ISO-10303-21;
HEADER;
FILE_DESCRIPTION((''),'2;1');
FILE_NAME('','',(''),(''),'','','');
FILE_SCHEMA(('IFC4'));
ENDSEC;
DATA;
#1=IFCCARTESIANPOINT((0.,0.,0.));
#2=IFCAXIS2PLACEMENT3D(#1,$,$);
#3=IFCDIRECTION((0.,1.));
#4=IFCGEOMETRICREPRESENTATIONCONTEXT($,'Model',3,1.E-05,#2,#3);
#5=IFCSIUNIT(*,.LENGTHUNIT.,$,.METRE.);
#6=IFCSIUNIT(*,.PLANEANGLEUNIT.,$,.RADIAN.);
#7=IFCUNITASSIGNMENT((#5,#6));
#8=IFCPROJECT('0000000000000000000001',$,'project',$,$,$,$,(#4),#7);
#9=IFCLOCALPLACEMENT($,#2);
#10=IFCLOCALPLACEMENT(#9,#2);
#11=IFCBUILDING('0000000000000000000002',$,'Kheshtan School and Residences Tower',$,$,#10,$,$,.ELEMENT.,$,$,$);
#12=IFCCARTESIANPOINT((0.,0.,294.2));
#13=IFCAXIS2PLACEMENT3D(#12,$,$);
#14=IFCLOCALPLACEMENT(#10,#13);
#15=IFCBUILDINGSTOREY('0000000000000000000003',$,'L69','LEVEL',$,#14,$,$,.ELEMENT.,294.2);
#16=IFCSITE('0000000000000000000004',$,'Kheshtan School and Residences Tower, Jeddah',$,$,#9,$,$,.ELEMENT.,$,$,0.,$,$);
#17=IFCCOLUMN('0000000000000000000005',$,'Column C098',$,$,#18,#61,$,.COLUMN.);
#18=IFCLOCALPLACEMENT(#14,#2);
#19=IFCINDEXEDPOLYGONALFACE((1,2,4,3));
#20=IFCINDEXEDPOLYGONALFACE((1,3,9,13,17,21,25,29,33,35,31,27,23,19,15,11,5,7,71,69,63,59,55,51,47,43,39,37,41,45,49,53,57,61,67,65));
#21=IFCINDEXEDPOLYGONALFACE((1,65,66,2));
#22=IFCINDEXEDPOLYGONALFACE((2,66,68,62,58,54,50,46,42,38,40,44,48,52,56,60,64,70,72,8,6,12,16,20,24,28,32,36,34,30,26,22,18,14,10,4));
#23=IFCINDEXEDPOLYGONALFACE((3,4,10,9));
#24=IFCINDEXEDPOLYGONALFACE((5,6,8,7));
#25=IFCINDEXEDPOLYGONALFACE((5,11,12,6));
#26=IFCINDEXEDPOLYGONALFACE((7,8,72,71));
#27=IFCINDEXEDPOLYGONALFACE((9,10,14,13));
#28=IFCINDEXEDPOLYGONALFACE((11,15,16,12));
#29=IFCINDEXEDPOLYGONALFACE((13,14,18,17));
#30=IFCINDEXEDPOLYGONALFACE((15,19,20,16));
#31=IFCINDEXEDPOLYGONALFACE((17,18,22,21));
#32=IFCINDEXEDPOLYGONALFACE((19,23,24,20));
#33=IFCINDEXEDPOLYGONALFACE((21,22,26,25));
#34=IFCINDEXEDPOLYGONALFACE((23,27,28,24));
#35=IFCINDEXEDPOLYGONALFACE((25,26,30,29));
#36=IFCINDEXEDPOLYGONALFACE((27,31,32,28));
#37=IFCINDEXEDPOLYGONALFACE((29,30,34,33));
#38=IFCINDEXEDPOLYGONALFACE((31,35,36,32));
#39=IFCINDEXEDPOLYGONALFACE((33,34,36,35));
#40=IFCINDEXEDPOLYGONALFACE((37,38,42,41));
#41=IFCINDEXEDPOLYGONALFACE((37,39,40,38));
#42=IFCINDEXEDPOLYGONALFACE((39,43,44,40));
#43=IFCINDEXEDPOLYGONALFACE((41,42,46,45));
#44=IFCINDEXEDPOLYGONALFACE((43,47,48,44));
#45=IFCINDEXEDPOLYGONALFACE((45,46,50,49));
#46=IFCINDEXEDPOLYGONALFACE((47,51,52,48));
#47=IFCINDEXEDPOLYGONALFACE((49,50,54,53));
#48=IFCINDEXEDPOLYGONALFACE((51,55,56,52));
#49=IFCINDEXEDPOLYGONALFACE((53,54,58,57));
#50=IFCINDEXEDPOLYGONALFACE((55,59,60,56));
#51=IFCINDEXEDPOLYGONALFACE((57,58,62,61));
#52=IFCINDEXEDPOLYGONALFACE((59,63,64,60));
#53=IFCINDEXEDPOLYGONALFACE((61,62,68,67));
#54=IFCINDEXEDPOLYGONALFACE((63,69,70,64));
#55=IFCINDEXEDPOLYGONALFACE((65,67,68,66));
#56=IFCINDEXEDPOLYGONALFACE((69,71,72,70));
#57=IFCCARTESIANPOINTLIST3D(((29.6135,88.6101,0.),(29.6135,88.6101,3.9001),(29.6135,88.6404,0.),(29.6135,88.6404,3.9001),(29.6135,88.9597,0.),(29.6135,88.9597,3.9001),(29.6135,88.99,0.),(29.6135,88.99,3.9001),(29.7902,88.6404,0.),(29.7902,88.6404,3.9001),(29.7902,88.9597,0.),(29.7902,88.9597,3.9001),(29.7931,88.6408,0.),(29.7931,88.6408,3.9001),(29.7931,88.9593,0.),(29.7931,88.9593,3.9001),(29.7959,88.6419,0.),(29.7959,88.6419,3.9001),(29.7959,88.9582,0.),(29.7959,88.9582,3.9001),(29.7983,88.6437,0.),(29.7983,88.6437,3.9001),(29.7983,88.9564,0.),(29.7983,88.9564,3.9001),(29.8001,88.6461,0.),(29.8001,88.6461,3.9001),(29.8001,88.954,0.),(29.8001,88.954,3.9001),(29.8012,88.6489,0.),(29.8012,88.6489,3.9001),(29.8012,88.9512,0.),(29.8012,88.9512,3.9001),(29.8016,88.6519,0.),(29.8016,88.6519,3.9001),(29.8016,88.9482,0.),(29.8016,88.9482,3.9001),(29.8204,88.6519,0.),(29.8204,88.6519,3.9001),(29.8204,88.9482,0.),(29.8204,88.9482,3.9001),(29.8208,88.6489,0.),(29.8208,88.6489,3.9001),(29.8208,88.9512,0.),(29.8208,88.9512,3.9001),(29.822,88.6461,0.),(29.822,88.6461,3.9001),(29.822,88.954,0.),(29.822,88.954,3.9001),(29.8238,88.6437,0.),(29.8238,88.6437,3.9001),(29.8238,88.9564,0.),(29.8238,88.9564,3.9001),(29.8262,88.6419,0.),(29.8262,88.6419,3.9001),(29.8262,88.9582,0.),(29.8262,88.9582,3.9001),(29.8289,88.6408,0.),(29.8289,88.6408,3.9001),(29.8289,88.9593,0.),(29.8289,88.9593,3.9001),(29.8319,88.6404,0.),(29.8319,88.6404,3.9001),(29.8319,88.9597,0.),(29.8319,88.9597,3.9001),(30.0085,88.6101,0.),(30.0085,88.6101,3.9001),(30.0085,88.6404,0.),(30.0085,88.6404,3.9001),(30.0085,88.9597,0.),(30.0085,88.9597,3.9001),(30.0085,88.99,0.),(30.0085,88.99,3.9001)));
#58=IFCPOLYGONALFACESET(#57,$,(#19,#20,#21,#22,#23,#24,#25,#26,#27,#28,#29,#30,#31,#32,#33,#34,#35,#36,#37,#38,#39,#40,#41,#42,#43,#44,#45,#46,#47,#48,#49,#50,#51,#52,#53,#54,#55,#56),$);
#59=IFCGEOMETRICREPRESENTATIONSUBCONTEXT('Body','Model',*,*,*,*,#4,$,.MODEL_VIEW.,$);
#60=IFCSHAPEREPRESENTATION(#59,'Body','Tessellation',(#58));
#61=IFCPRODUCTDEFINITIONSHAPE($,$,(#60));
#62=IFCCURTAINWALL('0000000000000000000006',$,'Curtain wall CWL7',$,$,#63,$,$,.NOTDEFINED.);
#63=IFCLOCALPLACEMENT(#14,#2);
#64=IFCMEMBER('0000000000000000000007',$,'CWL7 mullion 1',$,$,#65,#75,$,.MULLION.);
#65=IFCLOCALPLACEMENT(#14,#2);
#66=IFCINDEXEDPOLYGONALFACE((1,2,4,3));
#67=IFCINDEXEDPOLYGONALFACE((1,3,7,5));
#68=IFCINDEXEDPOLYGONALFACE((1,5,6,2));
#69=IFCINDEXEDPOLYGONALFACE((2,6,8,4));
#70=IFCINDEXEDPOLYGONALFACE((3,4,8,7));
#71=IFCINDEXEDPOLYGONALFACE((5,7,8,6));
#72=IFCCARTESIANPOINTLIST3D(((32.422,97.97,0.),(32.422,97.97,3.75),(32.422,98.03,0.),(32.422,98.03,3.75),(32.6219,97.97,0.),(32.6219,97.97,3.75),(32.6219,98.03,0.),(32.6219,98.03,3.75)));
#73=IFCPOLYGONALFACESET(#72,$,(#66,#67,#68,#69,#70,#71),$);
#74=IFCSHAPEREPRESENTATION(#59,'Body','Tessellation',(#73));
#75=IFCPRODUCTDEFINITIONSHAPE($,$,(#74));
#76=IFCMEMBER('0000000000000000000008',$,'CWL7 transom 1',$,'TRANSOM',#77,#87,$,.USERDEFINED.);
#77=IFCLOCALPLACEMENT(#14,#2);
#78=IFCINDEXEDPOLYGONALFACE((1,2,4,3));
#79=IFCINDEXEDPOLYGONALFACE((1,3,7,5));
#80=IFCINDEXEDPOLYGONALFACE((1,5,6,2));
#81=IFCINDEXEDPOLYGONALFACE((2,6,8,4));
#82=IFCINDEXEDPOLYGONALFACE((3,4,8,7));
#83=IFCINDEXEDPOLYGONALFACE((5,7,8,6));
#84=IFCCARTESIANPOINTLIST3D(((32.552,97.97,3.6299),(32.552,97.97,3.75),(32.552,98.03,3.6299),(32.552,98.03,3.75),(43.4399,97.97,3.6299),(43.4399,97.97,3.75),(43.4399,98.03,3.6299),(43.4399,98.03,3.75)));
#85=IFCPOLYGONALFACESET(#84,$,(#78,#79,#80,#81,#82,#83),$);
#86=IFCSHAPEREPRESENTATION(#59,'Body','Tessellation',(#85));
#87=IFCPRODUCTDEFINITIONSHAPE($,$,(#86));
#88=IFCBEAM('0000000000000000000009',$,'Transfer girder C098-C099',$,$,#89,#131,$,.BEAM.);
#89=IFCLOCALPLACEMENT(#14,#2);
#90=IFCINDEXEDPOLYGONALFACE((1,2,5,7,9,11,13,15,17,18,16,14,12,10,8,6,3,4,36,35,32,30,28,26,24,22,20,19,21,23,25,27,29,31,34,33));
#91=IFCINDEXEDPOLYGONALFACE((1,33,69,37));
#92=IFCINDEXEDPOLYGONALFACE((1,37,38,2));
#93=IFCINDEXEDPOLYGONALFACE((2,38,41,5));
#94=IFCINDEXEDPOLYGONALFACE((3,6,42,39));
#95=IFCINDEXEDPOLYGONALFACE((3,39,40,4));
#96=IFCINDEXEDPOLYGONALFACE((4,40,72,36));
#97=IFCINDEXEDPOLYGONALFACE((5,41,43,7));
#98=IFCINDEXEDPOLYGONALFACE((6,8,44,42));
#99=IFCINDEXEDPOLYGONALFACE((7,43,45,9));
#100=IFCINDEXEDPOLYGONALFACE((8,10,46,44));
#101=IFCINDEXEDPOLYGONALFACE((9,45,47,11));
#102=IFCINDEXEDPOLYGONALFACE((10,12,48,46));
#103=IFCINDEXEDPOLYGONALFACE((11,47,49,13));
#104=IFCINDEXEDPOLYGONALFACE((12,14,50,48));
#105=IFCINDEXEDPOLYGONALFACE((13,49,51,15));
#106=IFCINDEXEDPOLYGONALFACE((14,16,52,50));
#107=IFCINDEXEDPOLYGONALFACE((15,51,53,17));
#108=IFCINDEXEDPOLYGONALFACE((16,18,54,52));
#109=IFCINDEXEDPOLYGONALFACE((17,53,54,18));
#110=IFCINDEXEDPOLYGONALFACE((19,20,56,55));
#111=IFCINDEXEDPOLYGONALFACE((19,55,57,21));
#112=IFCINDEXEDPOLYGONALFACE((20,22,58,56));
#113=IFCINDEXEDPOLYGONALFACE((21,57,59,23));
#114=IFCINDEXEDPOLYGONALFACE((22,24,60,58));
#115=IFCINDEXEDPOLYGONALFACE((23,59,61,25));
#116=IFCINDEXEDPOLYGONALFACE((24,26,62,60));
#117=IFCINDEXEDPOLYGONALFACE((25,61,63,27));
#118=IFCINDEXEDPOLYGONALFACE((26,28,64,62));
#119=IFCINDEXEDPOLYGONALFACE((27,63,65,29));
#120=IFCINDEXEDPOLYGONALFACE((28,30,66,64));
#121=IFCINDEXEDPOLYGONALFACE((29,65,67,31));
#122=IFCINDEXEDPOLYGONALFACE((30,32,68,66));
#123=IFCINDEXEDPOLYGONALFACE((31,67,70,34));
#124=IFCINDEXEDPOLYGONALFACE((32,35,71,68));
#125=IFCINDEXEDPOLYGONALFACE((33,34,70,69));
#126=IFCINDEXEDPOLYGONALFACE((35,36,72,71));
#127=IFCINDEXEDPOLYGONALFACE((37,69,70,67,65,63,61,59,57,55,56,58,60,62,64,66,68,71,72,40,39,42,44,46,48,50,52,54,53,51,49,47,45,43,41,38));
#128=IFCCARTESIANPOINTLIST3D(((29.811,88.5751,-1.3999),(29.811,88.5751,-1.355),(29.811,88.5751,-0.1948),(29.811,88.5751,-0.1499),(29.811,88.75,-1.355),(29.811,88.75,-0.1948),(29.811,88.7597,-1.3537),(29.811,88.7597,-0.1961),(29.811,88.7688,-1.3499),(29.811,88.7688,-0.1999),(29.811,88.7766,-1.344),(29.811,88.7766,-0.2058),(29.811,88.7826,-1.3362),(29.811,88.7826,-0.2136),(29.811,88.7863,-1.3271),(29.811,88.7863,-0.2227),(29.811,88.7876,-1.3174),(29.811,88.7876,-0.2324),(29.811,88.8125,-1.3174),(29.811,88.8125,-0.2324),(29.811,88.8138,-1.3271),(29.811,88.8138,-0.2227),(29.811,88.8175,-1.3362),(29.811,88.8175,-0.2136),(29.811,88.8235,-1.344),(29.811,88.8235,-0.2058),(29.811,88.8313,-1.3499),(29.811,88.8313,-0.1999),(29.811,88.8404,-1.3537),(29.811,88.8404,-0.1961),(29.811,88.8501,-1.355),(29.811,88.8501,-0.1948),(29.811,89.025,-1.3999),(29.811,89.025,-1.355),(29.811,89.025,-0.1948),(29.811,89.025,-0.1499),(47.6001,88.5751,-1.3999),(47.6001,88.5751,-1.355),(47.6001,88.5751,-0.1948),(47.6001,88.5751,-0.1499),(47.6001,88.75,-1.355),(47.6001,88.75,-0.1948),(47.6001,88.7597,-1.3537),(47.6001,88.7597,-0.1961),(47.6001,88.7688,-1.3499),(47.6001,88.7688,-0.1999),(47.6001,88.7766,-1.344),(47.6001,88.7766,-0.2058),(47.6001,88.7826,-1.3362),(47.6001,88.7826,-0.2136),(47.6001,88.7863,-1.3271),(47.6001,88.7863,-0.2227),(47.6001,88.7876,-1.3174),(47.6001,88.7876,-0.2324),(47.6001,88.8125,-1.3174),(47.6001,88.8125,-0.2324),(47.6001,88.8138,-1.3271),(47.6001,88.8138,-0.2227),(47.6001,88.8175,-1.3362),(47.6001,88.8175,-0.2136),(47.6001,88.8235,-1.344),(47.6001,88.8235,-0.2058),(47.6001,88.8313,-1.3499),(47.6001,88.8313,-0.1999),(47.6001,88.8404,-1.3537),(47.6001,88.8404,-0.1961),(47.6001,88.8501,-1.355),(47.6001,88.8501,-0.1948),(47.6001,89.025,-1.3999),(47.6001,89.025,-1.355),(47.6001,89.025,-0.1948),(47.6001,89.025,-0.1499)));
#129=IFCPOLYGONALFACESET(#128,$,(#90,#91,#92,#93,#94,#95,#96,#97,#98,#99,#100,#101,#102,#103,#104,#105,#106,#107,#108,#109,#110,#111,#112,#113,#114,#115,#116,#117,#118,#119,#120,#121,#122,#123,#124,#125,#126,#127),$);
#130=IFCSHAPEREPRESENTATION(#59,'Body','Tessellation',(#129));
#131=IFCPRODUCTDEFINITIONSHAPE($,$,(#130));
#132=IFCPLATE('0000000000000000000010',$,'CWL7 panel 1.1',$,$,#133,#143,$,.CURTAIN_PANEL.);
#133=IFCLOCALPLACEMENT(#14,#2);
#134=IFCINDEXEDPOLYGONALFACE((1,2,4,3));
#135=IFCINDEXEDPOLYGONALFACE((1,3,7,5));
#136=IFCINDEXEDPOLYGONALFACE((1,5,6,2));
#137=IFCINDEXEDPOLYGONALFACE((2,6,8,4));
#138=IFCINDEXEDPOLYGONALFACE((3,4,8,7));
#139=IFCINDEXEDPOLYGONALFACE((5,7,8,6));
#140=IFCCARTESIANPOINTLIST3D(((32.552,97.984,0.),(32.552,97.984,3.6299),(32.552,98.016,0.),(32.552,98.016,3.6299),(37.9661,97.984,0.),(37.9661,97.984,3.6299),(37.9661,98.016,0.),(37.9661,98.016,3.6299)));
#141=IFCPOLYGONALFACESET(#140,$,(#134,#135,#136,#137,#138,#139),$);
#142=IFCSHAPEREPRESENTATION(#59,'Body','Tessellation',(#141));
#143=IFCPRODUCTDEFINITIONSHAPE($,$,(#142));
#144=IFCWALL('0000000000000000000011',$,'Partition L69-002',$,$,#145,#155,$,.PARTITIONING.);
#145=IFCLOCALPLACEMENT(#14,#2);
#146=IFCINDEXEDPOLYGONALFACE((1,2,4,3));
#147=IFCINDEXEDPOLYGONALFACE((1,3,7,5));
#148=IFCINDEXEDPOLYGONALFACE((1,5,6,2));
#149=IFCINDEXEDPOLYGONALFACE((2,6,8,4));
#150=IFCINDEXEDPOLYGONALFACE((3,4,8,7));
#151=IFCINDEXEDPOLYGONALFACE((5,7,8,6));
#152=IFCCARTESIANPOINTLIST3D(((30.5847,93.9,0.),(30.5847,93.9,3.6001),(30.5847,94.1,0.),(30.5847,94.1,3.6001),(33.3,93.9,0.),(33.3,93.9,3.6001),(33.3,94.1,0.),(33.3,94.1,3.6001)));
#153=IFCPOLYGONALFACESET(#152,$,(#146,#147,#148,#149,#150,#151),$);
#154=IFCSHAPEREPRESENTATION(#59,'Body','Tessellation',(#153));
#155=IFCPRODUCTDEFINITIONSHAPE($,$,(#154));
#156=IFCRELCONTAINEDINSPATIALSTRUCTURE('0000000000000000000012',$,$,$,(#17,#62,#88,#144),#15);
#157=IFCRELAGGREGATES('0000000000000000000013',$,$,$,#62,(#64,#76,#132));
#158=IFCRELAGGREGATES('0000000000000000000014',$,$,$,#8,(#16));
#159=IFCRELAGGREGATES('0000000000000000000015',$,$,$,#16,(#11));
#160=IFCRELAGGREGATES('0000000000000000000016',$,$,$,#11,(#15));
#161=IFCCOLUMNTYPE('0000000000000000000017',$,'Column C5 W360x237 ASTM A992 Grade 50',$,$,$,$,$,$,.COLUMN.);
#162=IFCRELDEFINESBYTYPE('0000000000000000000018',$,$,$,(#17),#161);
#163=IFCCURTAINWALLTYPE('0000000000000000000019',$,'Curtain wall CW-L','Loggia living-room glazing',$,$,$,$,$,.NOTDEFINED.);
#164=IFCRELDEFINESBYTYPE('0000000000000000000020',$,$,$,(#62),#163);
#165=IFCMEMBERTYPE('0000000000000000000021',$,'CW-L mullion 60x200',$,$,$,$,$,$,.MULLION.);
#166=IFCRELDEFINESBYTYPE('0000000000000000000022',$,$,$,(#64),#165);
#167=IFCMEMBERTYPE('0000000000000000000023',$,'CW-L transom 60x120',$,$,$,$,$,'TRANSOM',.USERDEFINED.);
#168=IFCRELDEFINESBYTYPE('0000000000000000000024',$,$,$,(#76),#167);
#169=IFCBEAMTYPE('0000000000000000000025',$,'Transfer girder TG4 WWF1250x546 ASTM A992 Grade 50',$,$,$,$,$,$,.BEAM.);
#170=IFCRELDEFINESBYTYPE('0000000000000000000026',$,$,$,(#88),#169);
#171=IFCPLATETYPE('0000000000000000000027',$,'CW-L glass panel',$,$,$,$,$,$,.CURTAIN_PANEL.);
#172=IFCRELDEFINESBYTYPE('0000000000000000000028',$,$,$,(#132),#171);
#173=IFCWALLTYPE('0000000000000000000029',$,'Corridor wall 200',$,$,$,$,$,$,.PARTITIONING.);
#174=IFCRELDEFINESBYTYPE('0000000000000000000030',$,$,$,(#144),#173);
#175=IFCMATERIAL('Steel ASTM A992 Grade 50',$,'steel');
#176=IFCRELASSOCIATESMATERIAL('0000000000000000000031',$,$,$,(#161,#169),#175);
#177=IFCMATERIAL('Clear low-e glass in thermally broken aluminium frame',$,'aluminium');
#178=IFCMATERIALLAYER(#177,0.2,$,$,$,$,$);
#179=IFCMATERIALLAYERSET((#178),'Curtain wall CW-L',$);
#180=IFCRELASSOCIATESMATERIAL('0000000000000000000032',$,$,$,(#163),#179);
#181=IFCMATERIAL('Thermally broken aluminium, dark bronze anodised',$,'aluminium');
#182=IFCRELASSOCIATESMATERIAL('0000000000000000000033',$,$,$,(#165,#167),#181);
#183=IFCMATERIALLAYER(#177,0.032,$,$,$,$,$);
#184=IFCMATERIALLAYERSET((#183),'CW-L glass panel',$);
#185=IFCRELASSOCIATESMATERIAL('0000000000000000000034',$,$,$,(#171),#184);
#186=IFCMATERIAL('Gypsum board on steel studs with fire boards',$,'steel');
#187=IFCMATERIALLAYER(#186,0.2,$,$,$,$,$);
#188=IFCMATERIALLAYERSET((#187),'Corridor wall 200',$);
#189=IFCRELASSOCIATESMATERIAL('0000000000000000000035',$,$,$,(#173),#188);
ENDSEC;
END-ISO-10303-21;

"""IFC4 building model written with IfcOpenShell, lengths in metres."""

from ifc_helpers import new_model, si_unit, direction, frame, frame_2d, origin, origin_2d, place, context, subcontext, project, spatial, rectangle, i_section, extrude, material, layer, layer_set, material_profile, profile_set, type_object, element, aggregate, save


model = new_model("IFC4")

# Units and contexts
model_context = context("Model", 3, precision=1e-05, world=origin(), true_north=direction((0.0, 1.0)))
body_context = subcontext(model_context, "Body", "Model", "MODEL_VIEW")
ifc_project = project(units=[si_unit("LENGTHUNIT", "METRE"), si_unit("PLANEANGLEUNIT", "RADIAN")], contexts=[model_context])

# Site, building, storey
site_placement = place(None, origin())
site = spatial("IfcSite", under=ifc_project, at=site_placement, Name="Kheshtan School and Residences Tower, Jeddah", CompositionType="ELEMENT", RefElevation=0.0)
building_placement = place(site_placement, origin())
building = spatial("IfcBuilding", under=site, at=building_placement, Name="Kheshtan School and Residences Tower", CompositionType="ELEMENT")
storey_placement = place(building_placement, frame((0.0, 0.0, 294.2)))
storey = spatial("IfcBuildingStorey", under=building, at=storey_placement, Name="L69", Description="LEVEL", CompositionType="ELEMENT", Elevation=294.2)

# Column
ifc_material_1 = material(Name="Steel ASTM A992 Grade 50", Category="steel")
ifc_material_profile_1 = material_profile(ifc_material_1, i_section(OverallWidth=0.395, OverallDepth=0.3799, WebThickness=0.0188, FlangeThickness=0.0303, FilletRadius=0.0115, at=origin_2d()), Name="W360x237")
ifc_profile_set_1 = profile_set([ifc_material_profile_1], Name="Steel ASTM A992 Grade 50")
column_type = type_object("IfcColumnType", Name="Column C5 W360x237 ASTM A992 Grade 50", PredefinedType="COLUMN", material=ifc_profile_set_1)
column_placement = place(storey_placement, frame((29.811, 88.8, 0.0), z_axis=(0.0, 0.0, 1.0), x_axis=(1.0, 0.0, 0.0)))
element("IfcColumn", 1, at=column_placement, inside=storey, type_object=column_type, Name="Column C098", PredefinedType="COLUMN", context=body_context, shape_type="SweptSolid", body=[
    extrude(i_section(OverallWidth=0.395, OverallDepth=0.3799, WebThickness=0.0188, FlangeThickness=0.0303, FilletRadius=0.0115, at=origin_2d()), origin(), (0.0, 0.0, 1.0), 3.9001),
])

# Curtain wall, members
ifc_material_2 = material(Name="Clear low-e glass in thermally broken aluminium frame", Category="aluminium")
ifc_layer_1 = layer(ifc_material_2, 0.2)
ifc_layer_set_1 = layer_set([ifc_layer_1], Name="Curtain wall CW-L")
curtain_wall_type = type_object("IfcCurtainWallType", Name="Curtain wall CW-L", Description="Loggia living-room glazing", PredefinedType="NOTDEFINED", material=ifc_layer_set_1)
curtain_wall_placement = place(storey_placement, origin())
curtain_wall = element("IfcCurtainWall", 2, at=curtain_wall_placement, inside=storey, type_object=curtain_wall_type, Name="Curtain wall CWL7", PredefinedType="NOTDEFINED")
ifc_material_3 = material(Name="Thermally broken aluminium, dark bronze anodised", Category="aluminium")
ifc_material_profile_2 = material_profile(ifc_material_3, rectangle(XDim=0.0601, YDim=0.2, at=origin_2d()), Name="CW-L mullion 60x200")
ifc_profile_set_2 = profile_set([ifc_material_profile_2], Name="Thermally broken aluminium, dark bronze anodised")
member_type_1 = type_object("IfcMemberType", Name="CW-L mullion 60x200", PredefinedType="MULLION", material=ifc_profile_set_2)
member_1_placement = place(storey_placement, frame((32.522, 98.0, 0.0), z_axis=(0.0, 0.0, 1.0), x_axis=(0.0, 1.0, 0.0)))
member_1 = element("IfcMember", 3, at=member_1_placement, type_object=member_type_1, Name="CWL7 mullion 1", PredefinedType="MULLION", context=body_context, shape_type="SweptSolid", body=[
    extrude(rectangle(XDim=0.0601, YDim=0.2, at=origin_2d()), origin(), (0.0, 0.0, 1.0), 3.75),
])
ifc_material_profile_3 = material_profile(ifc_material_3, rectangle(XDim=0.0601, YDim=0.1201, at=origin_2d()), Name="CW-L transom 60x120")
ifc_profile_set_3 = profile_set([ifc_material_profile_3], Name="Thermally broken aluminium, dark bronze anodised")
member_type_2 = type_object("IfcMemberType", Name="CW-L transom 60x120", ElementType="TRANSOM", PredefinedType="USERDEFINED", material=ifc_profile_set_3)
member_2_placement = place(storey_placement, frame((32.552, 98.0, 3.6899), z_axis=(1.0, 0.0, 0.0), x_axis=(0.0, 1.0, 0.0)))
member_2 = element("IfcMember", 4, at=member_2_placement, type_object=member_type_2, Name="CWL7 transom 1", ObjectType="TRANSOM", PredefinedType="USERDEFINED", context=body_context, shape_type="SweptSolid", body=[
    extrude(rectangle(XDim=0.0601, YDim=0.1201, at=origin_2d()), origin(), (0.0, 0.0, 1.0), 10.8879),
])

# Beam
ifc_material_profile_4 = material_profile(ifc_material_1, i_section(OverallWidth=0.45, OverallDepth=1.25, WebThickness=0.0249, FlangeThickness=0.0449, FilletRadius=0.0376, at=origin_2d()), Name="WWF1250x546")
ifc_profile_set_4 = profile_set([ifc_material_profile_4], Name="Steel ASTM A992 Grade 50")
beam_type = type_object("IfcBeamType", Name="Transfer girder TG4 WWF1250x546 ASTM A992 Grade 50", PredefinedType="BEAM", material=ifc_profile_set_4)
beam_placement = place(storey_placement, frame((29.811, 88.8, -0.7749), z_axis=(1.0, 0.0, 0.0), x_axis=(0.0, 1.0, 0.0)))
element("IfcBeam", 5, at=beam_placement, inside=storey, type_object=beam_type, Name="Transfer girder C098-C099", PredefinedType="BEAM", context=body_context, shape_type="SweptSolid", body=[
    extrude(i_section(OverallWidth=0.45, OverallDepth=1.25, WebThickness=0.0249, FlangeThickness=0.0449, FilletRadius=0.0376, at=origin_2d()), origin(), (0.0, 0.0, 1.0), 17.7891),
])

# Plate
ifc_layer_2 = layer(ifc_material_2, 0.032)
ifc_layer_set_2 = layer_set([ifc_layer_2], Name="CW-L glass panel")
plate_type = type_object("IfcPlateType", Name="CW-L glass panel", PredefinedType="CURTAIN_PANEL", material=ifc_layer_set_2)
plate_placement = place(storey_placement, frame((35.259, 98.0, 0.0), z_axis=(0.0, 0.0, 1.0), x_axis=(1.0, 0.0, 0.0)))
plate = element("IfcPlate", 6, at=plate_placement, type_object=plate_type, Name="CWL7 panel 1.1", PredefinedType="CURTAIN_PANEL", context=body_context, shape_type="SweptSolid", body=[
    extrude(rectangle(XDim=5.4141, YDim=0.032, at=origin_2d()), origin(), (0.0, 0.0, 1.0), 3.6299),
])
aggregate(curtain_wall, [member_1, member_2, plate])

# Wall
ifc_material_4 = material(Name="Gypsum board on steel studs with fire boards", Category="steel")
ifc_layer_3 = layer(ifc_material_4, 0.2)
ifc_layer_set_3 = layer_set([ifc_layer_3], Name="Corridor wall 200")
wall_type_1 = type_object("IfcWallType", Name="Corridor wall 200", PredefinedType="PARTITIONING", material=ifc_layer_set_3)
wall_1_placement = place(storey_placement, frame((30.5847, 94.0, 0.0), z_axis=(0.0, 0.0, 1.0), x_axis=(1.0, 0.0, 0.0)))
element("IfcWall", 7, at=wall_1_placement, inside=storey, type_object=wall_type_1, Name="Partition L69-002", PredefinedType="PARTITIONING", context=body_context, shape_type="SweptSolid", body=[
    extrude(rectangle(XDim=2.7153, YDim=0.2, at=frame_2d((1.3577, 0.0))), origin(), (0.0, 0.0, 1.0), 3.6001),
])

save(model, "model.ifc")
